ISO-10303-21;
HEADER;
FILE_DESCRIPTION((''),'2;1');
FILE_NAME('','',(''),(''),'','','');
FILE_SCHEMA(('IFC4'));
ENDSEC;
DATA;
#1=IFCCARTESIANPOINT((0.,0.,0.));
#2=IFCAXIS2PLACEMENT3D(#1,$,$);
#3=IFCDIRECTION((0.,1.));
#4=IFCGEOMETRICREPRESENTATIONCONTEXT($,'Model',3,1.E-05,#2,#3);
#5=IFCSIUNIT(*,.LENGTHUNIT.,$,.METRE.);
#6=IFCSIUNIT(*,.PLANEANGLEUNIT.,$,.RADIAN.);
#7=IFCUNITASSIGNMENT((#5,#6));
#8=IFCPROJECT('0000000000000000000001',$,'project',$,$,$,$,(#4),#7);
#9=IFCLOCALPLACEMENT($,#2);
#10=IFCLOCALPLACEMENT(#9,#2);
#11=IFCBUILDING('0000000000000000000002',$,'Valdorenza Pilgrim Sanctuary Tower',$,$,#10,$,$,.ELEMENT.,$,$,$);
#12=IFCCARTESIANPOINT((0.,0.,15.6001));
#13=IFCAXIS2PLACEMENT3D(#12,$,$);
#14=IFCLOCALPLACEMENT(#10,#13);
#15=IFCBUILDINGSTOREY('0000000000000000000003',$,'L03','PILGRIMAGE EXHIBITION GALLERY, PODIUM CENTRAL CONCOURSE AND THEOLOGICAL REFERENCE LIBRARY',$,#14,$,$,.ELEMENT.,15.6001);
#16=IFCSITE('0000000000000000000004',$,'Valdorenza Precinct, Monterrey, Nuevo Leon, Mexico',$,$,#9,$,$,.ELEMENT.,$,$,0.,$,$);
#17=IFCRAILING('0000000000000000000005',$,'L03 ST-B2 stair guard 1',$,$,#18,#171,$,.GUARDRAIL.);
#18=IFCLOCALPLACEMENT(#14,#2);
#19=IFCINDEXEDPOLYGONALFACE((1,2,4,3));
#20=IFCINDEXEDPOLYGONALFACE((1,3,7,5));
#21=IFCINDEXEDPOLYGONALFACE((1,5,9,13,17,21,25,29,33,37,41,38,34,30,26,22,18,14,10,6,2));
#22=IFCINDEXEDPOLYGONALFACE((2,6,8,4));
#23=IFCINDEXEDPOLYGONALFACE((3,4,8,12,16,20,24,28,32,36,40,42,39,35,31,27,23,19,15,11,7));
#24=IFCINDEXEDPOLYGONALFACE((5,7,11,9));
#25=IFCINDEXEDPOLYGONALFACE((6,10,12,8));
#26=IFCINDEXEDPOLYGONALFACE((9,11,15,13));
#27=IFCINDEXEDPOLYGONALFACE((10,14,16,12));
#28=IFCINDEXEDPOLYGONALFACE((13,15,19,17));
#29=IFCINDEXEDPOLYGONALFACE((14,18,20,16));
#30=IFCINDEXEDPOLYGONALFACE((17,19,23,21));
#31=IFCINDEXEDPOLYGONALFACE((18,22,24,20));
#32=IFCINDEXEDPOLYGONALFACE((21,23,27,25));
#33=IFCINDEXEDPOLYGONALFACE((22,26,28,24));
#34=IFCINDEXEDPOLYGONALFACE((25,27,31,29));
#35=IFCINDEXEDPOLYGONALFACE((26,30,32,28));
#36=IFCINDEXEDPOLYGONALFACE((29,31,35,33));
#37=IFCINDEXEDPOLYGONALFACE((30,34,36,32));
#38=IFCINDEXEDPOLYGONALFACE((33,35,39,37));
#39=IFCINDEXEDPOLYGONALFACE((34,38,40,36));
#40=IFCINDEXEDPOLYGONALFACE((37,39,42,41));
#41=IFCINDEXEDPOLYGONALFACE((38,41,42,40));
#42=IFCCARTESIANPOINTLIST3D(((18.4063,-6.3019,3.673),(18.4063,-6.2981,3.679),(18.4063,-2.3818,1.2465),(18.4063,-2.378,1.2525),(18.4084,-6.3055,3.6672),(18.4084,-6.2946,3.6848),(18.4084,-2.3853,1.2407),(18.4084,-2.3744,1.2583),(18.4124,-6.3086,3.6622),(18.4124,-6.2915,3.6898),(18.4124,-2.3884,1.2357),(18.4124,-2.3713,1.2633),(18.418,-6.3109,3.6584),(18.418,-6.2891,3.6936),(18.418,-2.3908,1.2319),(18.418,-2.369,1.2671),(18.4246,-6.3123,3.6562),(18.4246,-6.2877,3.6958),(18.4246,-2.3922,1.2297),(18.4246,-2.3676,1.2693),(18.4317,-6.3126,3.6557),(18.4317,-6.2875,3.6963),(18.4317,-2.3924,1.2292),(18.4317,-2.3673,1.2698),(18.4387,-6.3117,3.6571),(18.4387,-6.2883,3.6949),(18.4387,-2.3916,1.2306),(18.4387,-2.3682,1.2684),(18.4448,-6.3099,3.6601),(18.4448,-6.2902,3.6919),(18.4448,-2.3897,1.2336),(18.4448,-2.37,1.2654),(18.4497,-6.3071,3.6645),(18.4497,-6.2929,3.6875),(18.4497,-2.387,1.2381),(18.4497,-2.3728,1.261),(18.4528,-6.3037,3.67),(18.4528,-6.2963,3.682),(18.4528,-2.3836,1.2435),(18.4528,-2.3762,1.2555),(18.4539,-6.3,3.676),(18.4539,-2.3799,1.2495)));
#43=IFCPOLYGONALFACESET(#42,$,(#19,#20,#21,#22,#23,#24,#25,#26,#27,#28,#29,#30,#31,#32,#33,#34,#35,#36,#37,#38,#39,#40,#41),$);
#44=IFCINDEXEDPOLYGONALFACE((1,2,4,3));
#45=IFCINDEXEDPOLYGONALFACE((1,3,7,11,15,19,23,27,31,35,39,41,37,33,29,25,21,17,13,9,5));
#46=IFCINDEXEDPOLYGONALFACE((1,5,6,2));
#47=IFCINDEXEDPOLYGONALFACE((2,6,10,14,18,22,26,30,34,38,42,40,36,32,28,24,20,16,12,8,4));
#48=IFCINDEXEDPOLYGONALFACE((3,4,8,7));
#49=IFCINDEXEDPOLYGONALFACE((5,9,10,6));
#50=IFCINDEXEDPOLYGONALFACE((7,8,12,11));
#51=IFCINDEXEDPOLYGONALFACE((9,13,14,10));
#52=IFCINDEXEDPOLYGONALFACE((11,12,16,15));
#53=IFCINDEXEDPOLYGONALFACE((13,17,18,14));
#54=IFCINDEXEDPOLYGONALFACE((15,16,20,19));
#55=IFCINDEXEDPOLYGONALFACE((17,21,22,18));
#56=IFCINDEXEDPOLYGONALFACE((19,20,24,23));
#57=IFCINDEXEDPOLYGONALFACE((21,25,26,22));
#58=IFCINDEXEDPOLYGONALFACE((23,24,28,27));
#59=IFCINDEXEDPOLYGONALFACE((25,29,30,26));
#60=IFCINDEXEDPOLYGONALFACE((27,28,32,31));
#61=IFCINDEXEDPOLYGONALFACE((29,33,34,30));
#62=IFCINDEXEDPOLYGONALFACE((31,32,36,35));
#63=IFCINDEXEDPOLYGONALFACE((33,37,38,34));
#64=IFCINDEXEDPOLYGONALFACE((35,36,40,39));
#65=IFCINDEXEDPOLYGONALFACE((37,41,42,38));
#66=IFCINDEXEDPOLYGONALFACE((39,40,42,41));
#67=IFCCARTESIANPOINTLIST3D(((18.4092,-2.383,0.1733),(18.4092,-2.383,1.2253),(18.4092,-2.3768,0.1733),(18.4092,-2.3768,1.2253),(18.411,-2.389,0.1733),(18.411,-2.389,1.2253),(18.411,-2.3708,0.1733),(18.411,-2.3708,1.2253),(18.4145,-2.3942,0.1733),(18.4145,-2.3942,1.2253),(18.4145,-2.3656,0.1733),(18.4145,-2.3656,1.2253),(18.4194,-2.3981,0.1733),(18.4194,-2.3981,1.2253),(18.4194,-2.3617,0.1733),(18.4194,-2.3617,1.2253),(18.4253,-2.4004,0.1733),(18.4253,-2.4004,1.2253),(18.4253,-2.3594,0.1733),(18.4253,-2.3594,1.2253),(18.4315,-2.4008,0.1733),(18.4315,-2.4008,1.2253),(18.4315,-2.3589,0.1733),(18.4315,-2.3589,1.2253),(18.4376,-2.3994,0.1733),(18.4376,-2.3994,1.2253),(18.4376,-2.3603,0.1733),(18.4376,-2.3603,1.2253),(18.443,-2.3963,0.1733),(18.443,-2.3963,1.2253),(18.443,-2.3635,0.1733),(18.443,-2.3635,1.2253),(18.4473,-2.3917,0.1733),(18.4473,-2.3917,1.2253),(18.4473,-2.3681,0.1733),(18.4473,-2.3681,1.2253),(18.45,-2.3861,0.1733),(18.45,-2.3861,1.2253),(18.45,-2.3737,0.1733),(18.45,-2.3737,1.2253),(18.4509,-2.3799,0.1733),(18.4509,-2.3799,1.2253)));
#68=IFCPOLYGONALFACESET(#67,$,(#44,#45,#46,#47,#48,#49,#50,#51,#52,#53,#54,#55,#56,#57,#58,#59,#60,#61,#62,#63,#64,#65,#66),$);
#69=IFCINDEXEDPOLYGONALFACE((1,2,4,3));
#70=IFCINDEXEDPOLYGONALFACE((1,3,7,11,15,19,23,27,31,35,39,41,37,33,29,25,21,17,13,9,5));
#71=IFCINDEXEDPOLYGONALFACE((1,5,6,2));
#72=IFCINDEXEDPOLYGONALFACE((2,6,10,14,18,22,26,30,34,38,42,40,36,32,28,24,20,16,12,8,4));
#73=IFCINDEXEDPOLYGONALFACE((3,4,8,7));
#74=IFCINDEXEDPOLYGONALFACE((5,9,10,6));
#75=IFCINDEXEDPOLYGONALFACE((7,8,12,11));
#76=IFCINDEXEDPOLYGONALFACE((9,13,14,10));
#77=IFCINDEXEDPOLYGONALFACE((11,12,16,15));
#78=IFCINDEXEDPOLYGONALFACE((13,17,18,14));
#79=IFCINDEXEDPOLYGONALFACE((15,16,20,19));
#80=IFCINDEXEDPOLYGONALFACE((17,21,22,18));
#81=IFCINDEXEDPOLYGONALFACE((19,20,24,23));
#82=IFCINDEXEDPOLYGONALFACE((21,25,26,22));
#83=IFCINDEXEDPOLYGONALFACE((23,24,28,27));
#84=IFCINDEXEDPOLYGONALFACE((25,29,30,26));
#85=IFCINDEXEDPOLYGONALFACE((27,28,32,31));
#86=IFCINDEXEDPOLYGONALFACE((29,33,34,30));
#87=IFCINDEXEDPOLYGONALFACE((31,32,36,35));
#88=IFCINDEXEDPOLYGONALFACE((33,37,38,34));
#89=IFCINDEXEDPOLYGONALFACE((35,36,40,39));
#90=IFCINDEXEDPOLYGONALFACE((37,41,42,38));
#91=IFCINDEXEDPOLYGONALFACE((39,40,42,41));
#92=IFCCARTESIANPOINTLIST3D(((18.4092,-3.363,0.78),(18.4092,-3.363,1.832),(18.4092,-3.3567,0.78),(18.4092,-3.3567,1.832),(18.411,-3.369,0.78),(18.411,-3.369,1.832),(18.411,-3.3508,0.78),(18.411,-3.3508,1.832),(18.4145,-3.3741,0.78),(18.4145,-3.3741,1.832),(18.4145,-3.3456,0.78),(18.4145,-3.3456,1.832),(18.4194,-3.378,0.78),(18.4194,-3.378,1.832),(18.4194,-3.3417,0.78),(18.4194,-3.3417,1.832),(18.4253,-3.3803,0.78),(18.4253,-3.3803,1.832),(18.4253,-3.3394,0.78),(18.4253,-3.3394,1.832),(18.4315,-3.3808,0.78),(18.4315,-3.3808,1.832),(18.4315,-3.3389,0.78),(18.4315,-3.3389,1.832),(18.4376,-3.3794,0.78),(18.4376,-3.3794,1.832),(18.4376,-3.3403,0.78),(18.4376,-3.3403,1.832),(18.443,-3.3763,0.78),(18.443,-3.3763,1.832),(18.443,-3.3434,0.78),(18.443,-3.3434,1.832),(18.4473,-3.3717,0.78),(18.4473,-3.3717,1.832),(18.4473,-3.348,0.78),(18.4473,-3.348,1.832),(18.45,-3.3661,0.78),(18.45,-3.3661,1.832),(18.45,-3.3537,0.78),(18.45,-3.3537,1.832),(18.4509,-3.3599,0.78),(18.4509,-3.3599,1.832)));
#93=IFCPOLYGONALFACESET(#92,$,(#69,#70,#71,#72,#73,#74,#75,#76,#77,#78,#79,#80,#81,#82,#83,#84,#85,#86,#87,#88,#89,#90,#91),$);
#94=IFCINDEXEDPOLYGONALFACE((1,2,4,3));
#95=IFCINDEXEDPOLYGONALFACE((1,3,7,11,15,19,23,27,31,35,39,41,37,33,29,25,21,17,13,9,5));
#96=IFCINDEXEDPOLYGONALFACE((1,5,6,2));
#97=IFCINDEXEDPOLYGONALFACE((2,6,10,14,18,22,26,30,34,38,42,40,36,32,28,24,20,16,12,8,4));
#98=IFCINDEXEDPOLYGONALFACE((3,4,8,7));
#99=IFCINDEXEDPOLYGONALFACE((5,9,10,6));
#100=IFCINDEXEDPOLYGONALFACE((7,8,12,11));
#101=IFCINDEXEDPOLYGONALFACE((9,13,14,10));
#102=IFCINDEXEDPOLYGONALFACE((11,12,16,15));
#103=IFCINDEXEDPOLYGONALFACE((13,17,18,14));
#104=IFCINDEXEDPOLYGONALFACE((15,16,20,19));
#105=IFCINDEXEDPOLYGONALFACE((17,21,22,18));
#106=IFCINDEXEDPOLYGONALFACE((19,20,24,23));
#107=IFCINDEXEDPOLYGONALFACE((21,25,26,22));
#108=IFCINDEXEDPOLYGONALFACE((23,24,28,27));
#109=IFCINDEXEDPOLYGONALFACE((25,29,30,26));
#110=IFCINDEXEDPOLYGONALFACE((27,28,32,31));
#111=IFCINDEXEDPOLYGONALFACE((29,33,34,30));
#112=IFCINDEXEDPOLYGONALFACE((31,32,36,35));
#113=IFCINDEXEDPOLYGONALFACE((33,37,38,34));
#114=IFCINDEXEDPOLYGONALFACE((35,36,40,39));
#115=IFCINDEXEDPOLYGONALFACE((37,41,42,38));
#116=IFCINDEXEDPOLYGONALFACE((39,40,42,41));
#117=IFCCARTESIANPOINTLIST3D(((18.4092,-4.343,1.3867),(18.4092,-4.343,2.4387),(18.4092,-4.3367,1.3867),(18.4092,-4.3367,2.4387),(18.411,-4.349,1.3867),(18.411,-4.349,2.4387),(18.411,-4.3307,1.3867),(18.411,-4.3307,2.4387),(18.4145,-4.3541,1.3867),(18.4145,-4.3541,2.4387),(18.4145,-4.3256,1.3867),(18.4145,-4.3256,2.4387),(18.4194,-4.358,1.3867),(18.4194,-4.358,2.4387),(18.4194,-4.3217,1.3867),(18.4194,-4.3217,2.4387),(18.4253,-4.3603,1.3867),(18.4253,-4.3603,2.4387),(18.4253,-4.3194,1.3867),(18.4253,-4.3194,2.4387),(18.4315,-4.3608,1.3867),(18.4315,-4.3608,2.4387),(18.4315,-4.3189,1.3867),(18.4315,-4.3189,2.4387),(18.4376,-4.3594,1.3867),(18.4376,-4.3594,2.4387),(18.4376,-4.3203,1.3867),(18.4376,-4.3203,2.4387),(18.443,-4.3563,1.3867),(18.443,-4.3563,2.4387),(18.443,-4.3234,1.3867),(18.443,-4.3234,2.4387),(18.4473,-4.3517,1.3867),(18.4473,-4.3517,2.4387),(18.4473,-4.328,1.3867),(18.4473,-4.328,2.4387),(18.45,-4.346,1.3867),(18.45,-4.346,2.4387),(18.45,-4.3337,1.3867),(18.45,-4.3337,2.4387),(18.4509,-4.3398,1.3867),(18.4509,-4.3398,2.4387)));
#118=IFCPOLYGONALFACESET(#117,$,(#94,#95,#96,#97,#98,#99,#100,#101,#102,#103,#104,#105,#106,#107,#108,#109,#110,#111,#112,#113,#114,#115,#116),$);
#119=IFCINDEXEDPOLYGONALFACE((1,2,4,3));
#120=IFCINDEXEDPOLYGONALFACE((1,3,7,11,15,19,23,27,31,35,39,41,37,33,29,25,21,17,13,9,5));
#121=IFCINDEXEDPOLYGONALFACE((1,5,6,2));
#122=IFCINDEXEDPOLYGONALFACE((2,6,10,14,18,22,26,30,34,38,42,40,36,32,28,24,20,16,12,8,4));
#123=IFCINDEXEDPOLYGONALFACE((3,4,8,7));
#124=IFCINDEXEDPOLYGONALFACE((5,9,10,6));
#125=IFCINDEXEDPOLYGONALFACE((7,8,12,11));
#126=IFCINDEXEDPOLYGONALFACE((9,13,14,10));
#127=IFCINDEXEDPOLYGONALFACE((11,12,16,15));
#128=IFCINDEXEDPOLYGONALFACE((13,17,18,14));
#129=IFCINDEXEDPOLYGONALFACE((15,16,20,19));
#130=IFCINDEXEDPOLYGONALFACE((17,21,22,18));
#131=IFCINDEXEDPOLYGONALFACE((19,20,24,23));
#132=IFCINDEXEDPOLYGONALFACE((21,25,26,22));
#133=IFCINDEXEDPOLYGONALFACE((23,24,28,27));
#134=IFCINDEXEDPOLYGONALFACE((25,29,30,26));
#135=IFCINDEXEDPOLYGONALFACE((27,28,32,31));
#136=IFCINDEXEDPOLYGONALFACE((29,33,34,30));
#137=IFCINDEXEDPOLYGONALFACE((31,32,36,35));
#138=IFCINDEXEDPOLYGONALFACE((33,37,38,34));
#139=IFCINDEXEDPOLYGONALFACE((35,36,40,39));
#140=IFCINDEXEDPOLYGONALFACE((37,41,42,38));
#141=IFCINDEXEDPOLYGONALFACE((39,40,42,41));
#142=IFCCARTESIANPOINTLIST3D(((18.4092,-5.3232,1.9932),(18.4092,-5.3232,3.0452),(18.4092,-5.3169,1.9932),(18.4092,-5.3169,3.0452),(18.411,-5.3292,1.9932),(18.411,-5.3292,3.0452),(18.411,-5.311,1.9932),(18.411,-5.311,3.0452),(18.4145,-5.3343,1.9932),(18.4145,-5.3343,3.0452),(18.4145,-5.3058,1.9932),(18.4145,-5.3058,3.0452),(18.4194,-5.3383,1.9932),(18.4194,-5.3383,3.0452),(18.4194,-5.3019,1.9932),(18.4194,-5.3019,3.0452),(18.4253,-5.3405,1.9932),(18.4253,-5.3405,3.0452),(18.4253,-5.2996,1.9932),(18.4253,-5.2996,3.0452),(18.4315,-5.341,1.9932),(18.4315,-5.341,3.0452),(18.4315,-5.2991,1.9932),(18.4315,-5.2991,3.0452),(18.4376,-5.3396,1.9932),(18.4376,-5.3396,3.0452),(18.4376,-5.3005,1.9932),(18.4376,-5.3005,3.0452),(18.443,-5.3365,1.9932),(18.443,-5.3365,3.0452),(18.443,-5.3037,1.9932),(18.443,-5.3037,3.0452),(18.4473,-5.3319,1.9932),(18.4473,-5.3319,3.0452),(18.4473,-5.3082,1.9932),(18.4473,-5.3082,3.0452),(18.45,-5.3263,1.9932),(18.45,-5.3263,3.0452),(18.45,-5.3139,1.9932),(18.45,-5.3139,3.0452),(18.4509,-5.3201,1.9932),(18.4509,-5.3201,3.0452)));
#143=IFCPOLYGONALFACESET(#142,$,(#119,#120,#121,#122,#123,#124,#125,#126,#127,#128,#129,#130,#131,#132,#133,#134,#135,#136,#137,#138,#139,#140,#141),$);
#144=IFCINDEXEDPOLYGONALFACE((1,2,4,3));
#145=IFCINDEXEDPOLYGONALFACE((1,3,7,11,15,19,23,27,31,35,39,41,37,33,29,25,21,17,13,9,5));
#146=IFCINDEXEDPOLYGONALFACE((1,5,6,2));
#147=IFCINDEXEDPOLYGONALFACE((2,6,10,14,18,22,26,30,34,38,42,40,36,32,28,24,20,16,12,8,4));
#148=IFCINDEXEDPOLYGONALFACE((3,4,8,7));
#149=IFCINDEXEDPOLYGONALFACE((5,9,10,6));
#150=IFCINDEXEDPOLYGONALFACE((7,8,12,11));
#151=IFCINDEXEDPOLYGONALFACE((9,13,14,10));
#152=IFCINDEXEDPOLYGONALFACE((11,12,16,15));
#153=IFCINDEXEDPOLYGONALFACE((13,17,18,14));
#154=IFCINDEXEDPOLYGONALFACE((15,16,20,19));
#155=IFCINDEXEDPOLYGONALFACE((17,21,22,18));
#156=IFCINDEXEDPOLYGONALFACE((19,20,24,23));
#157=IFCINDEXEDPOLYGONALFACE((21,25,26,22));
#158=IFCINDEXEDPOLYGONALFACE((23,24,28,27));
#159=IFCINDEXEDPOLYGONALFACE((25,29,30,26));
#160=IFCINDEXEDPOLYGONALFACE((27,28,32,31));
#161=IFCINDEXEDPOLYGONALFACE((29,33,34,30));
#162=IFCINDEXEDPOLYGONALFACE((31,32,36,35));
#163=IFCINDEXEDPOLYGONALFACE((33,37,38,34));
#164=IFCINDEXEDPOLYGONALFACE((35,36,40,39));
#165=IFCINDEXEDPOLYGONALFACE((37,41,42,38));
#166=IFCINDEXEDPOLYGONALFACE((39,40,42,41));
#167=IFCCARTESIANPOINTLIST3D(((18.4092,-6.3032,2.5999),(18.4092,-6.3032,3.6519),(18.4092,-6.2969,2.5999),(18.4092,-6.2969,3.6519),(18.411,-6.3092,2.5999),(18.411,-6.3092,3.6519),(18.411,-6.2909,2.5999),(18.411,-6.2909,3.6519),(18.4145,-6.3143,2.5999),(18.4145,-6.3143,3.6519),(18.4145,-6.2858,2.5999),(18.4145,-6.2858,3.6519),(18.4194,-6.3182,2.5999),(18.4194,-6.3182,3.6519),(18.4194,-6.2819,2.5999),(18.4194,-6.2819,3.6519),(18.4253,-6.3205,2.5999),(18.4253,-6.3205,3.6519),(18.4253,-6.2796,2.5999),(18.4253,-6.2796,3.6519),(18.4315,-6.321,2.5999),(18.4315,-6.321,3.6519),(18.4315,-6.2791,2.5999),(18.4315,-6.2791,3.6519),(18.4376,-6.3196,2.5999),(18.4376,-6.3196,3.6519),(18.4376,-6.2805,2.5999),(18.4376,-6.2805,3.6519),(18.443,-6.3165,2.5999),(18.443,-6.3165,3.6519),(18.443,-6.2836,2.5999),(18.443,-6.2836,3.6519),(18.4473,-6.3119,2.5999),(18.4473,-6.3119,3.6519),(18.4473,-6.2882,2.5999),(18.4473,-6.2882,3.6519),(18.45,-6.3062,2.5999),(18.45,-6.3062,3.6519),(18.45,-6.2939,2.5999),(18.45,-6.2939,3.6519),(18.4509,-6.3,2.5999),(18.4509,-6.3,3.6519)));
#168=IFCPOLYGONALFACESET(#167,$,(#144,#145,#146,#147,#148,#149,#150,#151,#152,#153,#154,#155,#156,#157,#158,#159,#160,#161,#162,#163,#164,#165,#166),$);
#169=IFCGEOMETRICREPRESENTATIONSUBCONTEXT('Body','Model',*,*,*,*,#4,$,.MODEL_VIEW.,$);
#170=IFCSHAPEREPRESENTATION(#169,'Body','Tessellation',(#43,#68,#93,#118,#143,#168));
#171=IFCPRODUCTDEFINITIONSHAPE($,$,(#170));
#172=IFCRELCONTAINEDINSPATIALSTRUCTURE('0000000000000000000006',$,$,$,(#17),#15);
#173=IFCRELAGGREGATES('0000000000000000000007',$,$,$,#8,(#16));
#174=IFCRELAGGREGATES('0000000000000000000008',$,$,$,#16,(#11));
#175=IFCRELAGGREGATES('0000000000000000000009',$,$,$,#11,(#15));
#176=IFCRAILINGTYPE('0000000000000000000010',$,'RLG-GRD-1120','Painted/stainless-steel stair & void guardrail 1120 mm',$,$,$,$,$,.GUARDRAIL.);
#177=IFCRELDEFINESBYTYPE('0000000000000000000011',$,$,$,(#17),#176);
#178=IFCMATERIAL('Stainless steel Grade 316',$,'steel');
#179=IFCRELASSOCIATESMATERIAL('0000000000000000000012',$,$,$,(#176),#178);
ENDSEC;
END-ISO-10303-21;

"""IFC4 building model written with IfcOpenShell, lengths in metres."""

from ifc_helpers import new_model, si_unit, direction, frame, origin, origin_2d, place, context, subcontext, project, spatial, circle, extrude, material, type_object, element, save


model = new_model("IFC4")

# Units and contexts
model_context = context("Model", 3, precision=1e-05, world=origin(), true_north=direction((0.0, 1.0)))
body_context = subcontext(model_context, "Body", "Model", "MODEL_VIEW")
ifc_project = project(units=[si_unit("LENGTHUNIT", "METRE"), si_unit("PLANEANGLEUNIT", "RADIAN")], contexts=[model_context])

# Site, building, storey
site_placement = place(None, origin())
site = spatial("IfcSite", under=ifc_project, at=site_placement, Name="Valdorenza Precinct, Monterrey, Nuevo Leon, Mexico", CompositionType="ELEMENT", RefElevation=0.0)
building_placement = place(site_placement, origin())
building = spatial("IfcBuilding", under=site, at=building_placement, Name="Valdorenza Pilgrim Sanctuary Tower", CompositionType="ELEMENT")
storey_placement = place(building_placement, frame((0.0, 0.0, 15.6001)))
storey = spatial("IfcBuildingStorey", under=building, at=storey_placement, Name="L03", Description="PILGRIMAGE EXHIBITION GALLERY, PODIUM CENTRAL CONCOURSE AND THEOLOGICAL REFERENCE LIBRARY", CompositionType="ELEMENT", Elevation=15.6001)

# Railing
ifc_material_1 = material(Name="Stainless steel Grade 316", Category="steel")
railing_type_1 = type_object("IfcRailingType", Name="RLG-GRD-1120", Description="Painted/stainless-steel stair & void guardrail 1120 mm", PredefinedType="GUARDRAIL", material=ifc_material_1)
railing_1_placement = place(storey_placement, frame((18.4299, -2.3799, 0.1733)))
element("IfcRailing", 1, at=railing_1_placement, inside=storey, type_object=railing_type_1, Name="L03 ST-B2 stair guard 1", PredefinedType="GUARDRAIL", context=body_context, shape_type="SweptSolid", body=[
    extrude(circle(Radius=0.0239, at=origin_2d()), frame((0.0, 0.0, 1.0762), z_axis=(0.0, -0.85029, 0.526315), x_axis=(1.0, 0.0, 0.0)), (0.0, 0.0, 1.0), 4.6104),
    extrude(circle(Radius=0.021, at=origin_2d()), origin(), (0.0, 0.0, 1.0), 1.052),
    extrude(circle(Radius=0.021, at=origin_2d()), frame((0.0, -0.98, 0.6067)), (0.0, 0.0, 1.0), 1.052),
    extrude(circle(Radius=0.021, at=origin_2d()), frame((0.0, -1.96, 1.2134)), (0.0, 0.0, 1.0), 1.052),
    extrude(circle(Radius=0.021, at=origin_2d()), frame((0.0, -2.9402, 1.8198)), (0.0, 0.0, 1.0), 1.052),
    extrude(circle(Radius=0.021, at=origin_2d()), frame((0.0, -3.9202, 2.4265)), (0.0, 0.0, 1.0), 1.052),
])

save(model, "model.ifc")
